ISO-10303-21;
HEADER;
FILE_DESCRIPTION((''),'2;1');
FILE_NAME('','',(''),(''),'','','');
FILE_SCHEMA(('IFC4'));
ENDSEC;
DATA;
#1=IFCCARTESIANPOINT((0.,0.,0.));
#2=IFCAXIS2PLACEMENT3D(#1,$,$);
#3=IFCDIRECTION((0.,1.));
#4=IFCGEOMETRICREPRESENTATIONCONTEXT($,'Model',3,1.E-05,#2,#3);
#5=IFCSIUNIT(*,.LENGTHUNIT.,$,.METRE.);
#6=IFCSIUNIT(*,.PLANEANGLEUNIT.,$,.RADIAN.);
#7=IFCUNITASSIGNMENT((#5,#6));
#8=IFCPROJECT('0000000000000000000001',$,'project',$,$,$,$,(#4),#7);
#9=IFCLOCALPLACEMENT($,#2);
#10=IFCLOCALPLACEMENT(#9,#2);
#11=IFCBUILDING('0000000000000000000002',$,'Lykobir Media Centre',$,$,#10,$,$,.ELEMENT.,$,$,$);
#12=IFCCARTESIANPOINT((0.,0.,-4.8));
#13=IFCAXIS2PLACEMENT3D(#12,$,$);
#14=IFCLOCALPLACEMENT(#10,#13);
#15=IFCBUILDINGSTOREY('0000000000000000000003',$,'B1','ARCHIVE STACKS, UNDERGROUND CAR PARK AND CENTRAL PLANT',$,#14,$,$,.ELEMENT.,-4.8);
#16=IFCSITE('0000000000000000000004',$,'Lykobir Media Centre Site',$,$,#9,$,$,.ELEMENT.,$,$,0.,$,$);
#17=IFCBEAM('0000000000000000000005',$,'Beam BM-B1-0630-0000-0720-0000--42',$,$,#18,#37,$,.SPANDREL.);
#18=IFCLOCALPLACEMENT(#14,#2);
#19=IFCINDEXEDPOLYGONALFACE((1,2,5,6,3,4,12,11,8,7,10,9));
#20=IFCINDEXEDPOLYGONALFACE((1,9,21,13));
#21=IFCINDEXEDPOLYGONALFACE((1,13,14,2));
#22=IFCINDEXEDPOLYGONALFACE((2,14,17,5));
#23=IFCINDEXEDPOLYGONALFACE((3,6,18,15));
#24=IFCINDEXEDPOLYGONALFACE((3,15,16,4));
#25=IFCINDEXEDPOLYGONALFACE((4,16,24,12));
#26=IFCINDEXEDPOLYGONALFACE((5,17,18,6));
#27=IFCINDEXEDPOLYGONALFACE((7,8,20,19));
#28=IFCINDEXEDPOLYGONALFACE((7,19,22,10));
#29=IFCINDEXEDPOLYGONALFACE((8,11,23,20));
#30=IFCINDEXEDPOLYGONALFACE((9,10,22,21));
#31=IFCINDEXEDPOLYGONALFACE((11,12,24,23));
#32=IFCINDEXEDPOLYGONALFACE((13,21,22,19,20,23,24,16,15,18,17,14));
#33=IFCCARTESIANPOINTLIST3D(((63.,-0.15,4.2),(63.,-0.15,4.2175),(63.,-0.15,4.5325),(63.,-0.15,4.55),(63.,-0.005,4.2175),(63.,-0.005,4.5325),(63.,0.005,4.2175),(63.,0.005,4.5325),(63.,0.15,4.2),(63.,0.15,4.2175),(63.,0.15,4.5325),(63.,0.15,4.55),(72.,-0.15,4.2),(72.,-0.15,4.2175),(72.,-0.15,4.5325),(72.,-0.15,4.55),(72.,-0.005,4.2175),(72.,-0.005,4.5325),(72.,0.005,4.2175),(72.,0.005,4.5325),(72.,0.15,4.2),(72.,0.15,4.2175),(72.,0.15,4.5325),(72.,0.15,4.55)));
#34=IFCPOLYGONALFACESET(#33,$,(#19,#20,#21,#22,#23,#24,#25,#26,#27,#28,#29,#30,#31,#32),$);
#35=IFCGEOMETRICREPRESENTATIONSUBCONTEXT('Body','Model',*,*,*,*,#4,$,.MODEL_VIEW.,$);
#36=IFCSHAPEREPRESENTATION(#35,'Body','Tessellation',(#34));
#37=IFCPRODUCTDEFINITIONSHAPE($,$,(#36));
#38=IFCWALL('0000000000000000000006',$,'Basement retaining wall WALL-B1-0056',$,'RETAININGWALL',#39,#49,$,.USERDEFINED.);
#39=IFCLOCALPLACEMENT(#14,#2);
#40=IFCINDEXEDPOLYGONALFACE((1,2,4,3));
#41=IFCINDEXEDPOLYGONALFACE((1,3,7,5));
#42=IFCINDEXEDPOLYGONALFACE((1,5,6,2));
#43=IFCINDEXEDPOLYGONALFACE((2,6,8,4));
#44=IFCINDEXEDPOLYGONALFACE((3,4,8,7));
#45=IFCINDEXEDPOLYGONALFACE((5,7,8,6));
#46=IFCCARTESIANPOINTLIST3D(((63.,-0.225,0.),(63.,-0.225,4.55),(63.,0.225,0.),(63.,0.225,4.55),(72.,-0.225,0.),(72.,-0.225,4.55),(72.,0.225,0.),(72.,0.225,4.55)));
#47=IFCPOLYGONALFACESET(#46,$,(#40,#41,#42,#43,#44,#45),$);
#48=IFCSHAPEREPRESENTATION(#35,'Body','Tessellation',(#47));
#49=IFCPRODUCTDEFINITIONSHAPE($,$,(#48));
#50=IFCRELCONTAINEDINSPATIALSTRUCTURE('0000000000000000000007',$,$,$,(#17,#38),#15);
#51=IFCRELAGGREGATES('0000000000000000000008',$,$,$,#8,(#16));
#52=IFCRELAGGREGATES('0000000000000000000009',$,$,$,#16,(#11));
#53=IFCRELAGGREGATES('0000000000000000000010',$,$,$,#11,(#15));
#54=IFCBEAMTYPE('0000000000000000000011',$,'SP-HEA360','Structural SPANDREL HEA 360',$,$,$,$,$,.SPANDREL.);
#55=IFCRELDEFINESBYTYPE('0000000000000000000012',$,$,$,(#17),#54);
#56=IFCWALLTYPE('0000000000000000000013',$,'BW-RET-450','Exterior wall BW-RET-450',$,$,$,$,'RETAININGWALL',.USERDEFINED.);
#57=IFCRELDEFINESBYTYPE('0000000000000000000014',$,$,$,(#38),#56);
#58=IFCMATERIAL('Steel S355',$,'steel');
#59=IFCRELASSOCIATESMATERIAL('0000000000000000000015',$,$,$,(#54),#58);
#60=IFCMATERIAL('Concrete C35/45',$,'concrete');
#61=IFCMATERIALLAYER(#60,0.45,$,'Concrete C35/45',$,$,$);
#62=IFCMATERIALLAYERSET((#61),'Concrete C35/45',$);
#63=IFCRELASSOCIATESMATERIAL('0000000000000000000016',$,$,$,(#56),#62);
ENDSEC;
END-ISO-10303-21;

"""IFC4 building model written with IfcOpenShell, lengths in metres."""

from ifc_helpers import new_model, si_unit, direction, frame, frame_2d, origin, origin_2d, place, context, subcontext, project, spatial, rectangle, i_section, extrude, material, layer, layer_set, material_profile, profile_set, type_object, element, save


model = new_model("IFC4")

# Units and contexts
model_context = context("Model", 3, precision=1e-05, world=origin(), true_north=direction((0.0, 1.0)))
body_context = subcontext(model_context, "Body", "Model", "MODEL_VIEW")
ifc_project = project(units=[si_unit("LENGTHUNIT", "METRE"), si_unit("PLANEANGLEUNIT", "RADIAN")], contexts=[model_context])

# Site, building, storey
site_placement = place(None, origin())
site = spatial("IfcSite", under=ifc_project, at=site_placement, Name="Lykobir Media Centre Site", CompositionType="ELEMENT", RefElevation=0.0)
building_placement = place(site_placement, origin())
building = spatial("IfcBuilding", under=site, at=building_placement, Name="Lykobir Media Centre", CompositionType="ELEMENT")
storey_placement = place(building_placement, frame((0.0, 0.0, -4.8)))
storey = spatial("IfcBuildingStorey", under=building, at=storey_placement, Name="B1", Description="ARCHIVE STACKS, UNDERGROUND CAR PARK AND CENTRAL PLANT", CompositionType="ELEMENT", Elevation=-4.8)

# Shared definitions
ifc_material_1 = material(Name="Concrete C35/45", Category="concrete")

# Shared definitions
ifc_material_2 = material(Name="Steel S355", Category="steel")

# Beam
ifc_material_profile_1 = material_profile(ifc_material_2, i_section(OverallWidth=0.3, OverallDepth=0.3501, WebThickness=0.01, FlangeThickness=0.0176, at=origin_2d()), Name="HEA 360")
ifc_profile_set_1 = profile_set([ifc_material_profile_1], Name="Steel S355")
beam_type_1 = type_object("IfcBeamType", Name="SP-HEA360", Description="Structural SPANDREL HEA 360", PredefinedType="SPANDREL", material=ifc_profile_set_1)
beam_1_placement = place(storey_placement, frame((63.0, 0.0, 4.375), z_axis=(1.0, 0.0, 0.0), x_axis=(0.0, 1.0, 0.0)))
element("IfcBeam", 1, at=beam_1_placement, inside=storey, type_object=beam_type_1, Name="Beam BM-B1-0630-0000-0720-0000--42", PredefinedType="SPANDREL", context=body_context, shape_type="SweptSolid", body=[
    extrude(i_section(OverallWidth=0.3, OverallDepth=0.3501, WebThickness=0.01, FlangeThickness=0.0176, at=origin_2d()), origin(), (0.0, 0.0, 1.0), 9.0),
])

# Wall
ifc_layer = layer(ifc_material_1, 0.45, Name="Concrete C35/45")
ifc_layer_set = layer_set([ifc_layer], Name="Concrete C35/45")
wall_type = type_object("IfcWallType", Name="BW-RET-450", Description="Exterior wall BW-RET-450", ElementType="RETAININGWALL", PredefinedType="USERDEFINED", material=ifc_layer_set)
wall_placement = place(storey_placement, frame((63.0, 0.0, 0.0), z_axis=(0.0, 0.0, 1.0), x_axis=(1.0, 0.0, 0.0)))
element("IfcWall", 2, at=wall_placement, inside=storey, type_object=wall_type, Name="Basement retaining wall WALL-B1-0056", ObjectType="RETAININGWALL", PredefinedType="USERDEFINED", context=body_context, shape_type="SweptSolid", body=[
    extrude(rectangle(XDim=9.0, YDim=0.45, at=frame_2d((4.5, 0.0))), origin(), (0.0, 0.0, 1.0), 4.55),
])

save(model, "model.ifc")
